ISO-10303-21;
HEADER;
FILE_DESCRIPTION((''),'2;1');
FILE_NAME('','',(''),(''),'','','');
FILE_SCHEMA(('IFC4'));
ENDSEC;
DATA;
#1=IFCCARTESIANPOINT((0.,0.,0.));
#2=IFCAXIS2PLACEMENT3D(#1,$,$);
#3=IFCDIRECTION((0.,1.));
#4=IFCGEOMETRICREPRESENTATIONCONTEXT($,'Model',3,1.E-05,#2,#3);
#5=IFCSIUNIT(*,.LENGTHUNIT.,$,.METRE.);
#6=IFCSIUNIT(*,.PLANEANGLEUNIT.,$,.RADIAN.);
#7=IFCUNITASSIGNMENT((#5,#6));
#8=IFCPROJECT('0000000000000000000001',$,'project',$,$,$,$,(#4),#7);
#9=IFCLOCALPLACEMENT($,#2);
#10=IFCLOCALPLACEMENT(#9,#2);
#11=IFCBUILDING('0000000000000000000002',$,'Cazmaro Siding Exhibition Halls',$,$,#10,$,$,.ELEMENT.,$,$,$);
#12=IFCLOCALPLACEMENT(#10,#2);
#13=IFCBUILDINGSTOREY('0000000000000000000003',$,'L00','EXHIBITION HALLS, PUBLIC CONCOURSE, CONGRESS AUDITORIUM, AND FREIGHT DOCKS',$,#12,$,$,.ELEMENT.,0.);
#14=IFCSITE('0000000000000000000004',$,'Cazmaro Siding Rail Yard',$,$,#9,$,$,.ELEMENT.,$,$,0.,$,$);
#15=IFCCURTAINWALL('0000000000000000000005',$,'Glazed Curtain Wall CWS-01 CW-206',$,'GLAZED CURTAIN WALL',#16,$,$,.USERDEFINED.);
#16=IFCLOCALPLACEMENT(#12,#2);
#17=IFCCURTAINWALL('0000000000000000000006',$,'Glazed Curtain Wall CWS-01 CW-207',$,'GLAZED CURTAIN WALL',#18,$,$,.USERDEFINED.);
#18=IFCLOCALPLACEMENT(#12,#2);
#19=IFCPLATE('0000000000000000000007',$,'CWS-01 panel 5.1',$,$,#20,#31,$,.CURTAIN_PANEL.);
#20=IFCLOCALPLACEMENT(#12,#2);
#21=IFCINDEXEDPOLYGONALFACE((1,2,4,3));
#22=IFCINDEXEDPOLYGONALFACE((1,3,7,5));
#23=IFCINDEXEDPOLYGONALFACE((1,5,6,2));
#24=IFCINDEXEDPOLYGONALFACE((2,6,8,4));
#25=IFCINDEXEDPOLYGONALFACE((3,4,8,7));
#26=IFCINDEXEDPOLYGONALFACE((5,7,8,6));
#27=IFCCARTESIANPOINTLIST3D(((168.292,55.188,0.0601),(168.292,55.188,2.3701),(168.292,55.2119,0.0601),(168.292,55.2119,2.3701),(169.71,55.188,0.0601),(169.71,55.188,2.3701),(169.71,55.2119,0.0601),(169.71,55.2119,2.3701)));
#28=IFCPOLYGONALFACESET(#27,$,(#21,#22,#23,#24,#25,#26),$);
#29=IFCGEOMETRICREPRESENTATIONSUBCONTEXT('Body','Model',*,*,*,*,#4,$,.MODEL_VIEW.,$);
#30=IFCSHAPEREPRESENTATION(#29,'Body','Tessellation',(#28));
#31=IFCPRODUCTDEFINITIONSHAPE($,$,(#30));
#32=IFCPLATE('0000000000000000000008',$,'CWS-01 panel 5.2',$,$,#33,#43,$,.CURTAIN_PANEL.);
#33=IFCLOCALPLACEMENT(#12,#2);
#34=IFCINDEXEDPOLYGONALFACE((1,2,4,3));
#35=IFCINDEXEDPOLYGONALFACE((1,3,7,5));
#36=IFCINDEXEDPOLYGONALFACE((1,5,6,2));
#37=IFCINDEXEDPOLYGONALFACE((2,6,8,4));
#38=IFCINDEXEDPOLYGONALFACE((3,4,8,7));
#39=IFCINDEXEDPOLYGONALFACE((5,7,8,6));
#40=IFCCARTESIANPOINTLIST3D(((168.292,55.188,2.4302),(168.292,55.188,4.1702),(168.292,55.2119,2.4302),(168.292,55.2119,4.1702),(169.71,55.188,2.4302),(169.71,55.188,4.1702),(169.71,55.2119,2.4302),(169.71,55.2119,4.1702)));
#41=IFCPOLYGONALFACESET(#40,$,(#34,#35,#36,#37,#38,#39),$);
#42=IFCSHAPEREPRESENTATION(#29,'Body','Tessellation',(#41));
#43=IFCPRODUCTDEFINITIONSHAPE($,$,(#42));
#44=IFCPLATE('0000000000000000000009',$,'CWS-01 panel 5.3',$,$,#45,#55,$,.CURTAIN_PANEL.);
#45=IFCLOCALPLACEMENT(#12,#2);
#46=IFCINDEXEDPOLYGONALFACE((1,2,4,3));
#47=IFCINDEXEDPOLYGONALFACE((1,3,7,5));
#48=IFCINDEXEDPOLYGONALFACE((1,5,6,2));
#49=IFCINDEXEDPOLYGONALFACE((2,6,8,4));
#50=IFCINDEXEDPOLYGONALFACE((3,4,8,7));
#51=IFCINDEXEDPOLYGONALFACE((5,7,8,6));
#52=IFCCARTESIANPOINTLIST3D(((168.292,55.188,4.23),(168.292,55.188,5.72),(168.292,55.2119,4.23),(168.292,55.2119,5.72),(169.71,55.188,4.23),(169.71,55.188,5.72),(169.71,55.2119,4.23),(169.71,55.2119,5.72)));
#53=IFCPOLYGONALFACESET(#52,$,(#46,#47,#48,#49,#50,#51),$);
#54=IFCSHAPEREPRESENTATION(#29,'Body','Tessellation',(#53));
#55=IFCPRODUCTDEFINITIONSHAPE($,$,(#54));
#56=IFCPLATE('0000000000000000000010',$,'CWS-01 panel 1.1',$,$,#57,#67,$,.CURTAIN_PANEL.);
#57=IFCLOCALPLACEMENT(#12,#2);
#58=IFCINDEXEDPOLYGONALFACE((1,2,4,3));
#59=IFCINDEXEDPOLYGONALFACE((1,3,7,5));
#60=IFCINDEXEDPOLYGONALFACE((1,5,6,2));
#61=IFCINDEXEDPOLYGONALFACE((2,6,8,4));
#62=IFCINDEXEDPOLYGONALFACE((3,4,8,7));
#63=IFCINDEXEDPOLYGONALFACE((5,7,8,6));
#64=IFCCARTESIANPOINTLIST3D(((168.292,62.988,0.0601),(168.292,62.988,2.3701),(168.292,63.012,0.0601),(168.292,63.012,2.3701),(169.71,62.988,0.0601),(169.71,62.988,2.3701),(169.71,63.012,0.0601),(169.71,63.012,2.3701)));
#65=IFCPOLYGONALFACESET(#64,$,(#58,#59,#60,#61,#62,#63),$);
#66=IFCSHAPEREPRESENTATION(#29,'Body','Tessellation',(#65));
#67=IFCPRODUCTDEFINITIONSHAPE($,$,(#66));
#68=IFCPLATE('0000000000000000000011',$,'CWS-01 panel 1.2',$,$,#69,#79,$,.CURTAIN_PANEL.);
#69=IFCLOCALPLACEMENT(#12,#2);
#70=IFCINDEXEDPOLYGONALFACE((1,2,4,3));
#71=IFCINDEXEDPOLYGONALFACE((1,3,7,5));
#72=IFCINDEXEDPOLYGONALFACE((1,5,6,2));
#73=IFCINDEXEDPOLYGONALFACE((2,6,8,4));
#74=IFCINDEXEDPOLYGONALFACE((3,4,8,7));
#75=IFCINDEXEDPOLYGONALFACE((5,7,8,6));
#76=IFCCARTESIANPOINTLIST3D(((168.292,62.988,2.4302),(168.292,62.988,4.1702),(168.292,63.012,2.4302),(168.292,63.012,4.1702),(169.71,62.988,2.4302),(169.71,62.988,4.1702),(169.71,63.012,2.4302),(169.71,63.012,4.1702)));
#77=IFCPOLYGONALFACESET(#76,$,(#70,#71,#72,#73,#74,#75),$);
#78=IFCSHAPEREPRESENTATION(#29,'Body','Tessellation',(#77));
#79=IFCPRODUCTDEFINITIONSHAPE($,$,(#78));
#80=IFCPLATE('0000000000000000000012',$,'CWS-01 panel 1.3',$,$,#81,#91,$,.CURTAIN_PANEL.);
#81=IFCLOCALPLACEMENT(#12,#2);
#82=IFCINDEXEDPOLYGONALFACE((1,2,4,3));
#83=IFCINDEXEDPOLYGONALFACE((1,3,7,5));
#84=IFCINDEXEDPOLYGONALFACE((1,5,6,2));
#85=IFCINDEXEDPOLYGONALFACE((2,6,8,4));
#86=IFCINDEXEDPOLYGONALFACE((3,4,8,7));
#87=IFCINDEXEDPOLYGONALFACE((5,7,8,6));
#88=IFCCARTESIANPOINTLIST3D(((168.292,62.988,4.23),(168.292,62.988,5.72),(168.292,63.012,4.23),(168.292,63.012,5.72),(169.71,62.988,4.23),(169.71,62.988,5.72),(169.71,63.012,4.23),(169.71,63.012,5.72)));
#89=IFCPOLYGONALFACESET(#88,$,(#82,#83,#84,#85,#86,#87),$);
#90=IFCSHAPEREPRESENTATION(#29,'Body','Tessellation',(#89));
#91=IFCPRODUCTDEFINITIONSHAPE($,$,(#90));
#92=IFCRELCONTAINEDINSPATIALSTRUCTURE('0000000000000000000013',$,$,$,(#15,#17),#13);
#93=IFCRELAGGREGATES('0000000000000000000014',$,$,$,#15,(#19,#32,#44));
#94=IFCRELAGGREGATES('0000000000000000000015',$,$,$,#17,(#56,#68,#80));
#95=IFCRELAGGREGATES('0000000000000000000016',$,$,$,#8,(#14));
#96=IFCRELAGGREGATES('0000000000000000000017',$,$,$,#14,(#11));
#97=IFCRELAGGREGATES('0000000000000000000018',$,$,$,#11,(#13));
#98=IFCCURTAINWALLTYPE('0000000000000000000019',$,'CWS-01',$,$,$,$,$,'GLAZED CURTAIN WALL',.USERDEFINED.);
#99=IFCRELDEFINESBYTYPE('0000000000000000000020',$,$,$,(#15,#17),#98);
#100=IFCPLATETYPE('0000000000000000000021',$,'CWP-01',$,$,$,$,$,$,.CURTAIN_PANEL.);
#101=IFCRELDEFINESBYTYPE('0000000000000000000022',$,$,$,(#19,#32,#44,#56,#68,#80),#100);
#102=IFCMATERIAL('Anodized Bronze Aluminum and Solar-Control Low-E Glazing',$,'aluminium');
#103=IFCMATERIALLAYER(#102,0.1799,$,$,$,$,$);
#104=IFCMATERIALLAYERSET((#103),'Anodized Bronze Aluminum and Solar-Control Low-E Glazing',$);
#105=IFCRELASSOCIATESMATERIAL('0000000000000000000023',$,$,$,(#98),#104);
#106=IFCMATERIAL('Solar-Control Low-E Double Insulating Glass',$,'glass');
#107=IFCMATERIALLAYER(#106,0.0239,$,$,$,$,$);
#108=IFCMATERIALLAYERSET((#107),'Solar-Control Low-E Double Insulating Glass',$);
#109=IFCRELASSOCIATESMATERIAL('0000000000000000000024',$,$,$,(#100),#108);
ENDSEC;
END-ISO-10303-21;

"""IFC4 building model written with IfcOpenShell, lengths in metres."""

from ifc_helpers import new_model, si_unit, direction, frame, origin, origin_2d, place, context, subcontext, project, spatial, rectangle, extrude, material, layer, layer_set, type_object, element, aggregate, save


model = new_model("IFC4")

# Units and contexts
model_context = context("Model", 3, precision=1e-05, world=origin(), true_north=direction((0.0, 1.0)))
body_context = subcontext(model_context, "Body", "Model", "MODEL_VIEW")
ifc_project = project(units=[si_unit("LENGTHUNIT", "METRE"), si_unit("PLANEANGLEUNIT", "RADIAN")], contexts=[model_context])

# Site, building, storey
site_placement = place(None, origin())
site = spatial("IfcSite", under=ifc_project, at=site_placement, Name="Cazmaro Siding Rail Yard", CompositionType="ELEMENT", RefElevation=0.0)
building_placement = place(site_placement, origin())
building = spatial("IfcBuilding", under=site, at=building_placement, Name="Cazmaro Siding Exhibition Halls", CompositionType="ELEMENT")
storey_placement = place(building_placement, origin())
storey = spatial("IfcBuildingStorey", under=building, at=storey_placement, Name="L00", Description="EXHIBITION HALLS, PUBLIC CONCOURSE, CONGRESS AUDITORIUM, AND FREIGHT DOCKS", CompositionType="ELEMENT", Elevation=0.0)

# Curtain walls
ifc_material_1 = material(Name="Anodized Bronze Aluminum and Solar-Control Low-E Glazing", Category="aluminium")
ifc_layer_1 = layer(ifc_material_1, 0.1799)
ifc_layer_set_1 = layer_set([ifc_layer_1], Name="Anodized Bronze Aluminum and Solar-Control Low-E Glazing")
curtain_wall_type = type_object("IfcCurtainWallType", Name="CWS-01", ElementType="GLAZED CURTAIN WALL", PredefinedType="USERDEFINED", material=ifc_layer_set_1)
curtain_wall_1_placement = place(storey_placement, origin())
curtain_wall_1 = element("IfcCurtainWall", 1, at=curtain_wall_1_placement, inside=storey, type_object=curtain_wall_type, Name="Glazed Curtain Wall CWS-01 CW-206", ObjectType="GLAZED CURTAIN WALL", PredefinedType="USERDEFINED")
curtain_wall_2_placement = place(storey_placement, origin())
curtain_wall_2 = element("IfcCurtainWall", 2, at=curtain_wall_2_placement, inside=storey, type_object=curtain_wall_type, Name="Glazed Curtain Wall CWS-01 CW-207", ObjectType="GLAZED CURTAIN WALL", PredefinedType="USERDEFINED")

# Plates
ifc_material_2 = material(Name="Solar-Control Low-E Double Insulating Glass", Category="glass")
ifc_layer_2 = layer(ifc_material_2, 0.0239)
ifc_layer_set_2 = layer_set([ifc_layer_2], Name="Solar-Control Low-E Double Insulating Glass")
plate_type = type_object("IfcPlateType", Name="CWP-01", PredefinedType="CURTAIN_PANEL", material=ifc_layer_set_2)
plate_1_placement = place(storey_placement, frame((169.001, 55.2, 0.0601), z_axis=(0.0, 0.0, 1.0), x_axis=(1.0, 0.0, 0.0)))
plate_1 = element("IfcPlate", 3, at=plate_1_placement, type_object=plate_type, Name="CWS-01 panel 5.1", PredefinedType="CURTAIN_PANEL", context=body_context, shape_type="SweptSolid", body=[
    extrude(rectangle(XDim=1.418, YDim=0.0239, at=origin_2d()), origin(), (0.0, 0.0, 1.0), 2.3101),
])
plate_2_placement = place(storey_placement, frame((169.001, 55.2, 2.4302), z_axis=(0.0, 0.0, 1.0), x_axis=(1.0, 0.0, 0.0)))
plate_2 = element("IfcPlate", 4, at=plate_2_placement, type_object=plate_type, Name="CWS-01 panel 5.2", PredefinedType="CURTAIN_PANEL", context=body_context, shape_type="SweptSolid", body=[
    extrude(rectangle(XDim=1.418, YDim=0.0239, at=origin_2d()), origin(), (0.0, 0.0, 1.0), 1.74),
])
plate_3_placement = place(storey_placement, frame((169.001, 55.2, 4.23), z_axis=(0.0, 0.0, 1.0), x_axis=(1.0, 0.0, 0.0)))
plate_3 = element("IfcPlate", 5, at=plate_3_placement, type_object=plate_type, Name="CWS-01 panel 5.3", PredefinedType="CURTAIN_PANEL", context=body_context, shape_type="SweptSolid", body=[
    extrude(rectangle(XDim=1.418, YDim=0.0239, at=origin_2d()), origin(), (0.0, 0.0, 1.0), 1.49),
])
aggregate(curtain_wall_1, [plate_1, plate_2, plate_3])
plate_4_placement = place(storey_placement, frame((169.001, 63.0, 0.0601), z_axis=(0.0, 0.0, 1.0), x_axis=(-1.0, 0.0, 0.0)))
plate_4 = element("IfcPlate", 6, at=plate_4_placement, type_object=plate_type, Name="CWS-01 panel 1.1", PredefinedType="CURTAIN_PANEL", context=body_context, shape_type="SweptSolid", body=[
    extrude(rectangle(XDim=1.418, YDim=0.0239, at=origin_2d()), origin(), (0.0, 0.0, 1.0), 2.3101),
])
plate_5_placement = place(storey_placement, frame((169.001, 63.0, 2.4302), z_axis=(0.0, 0.0, 1.0), x_axis=(-1.0, 0.0, 0.0)))
plate_5 = element("IfcPlate", 7, at=plate_5_placement, type_object=plate_type, Name="CWS-01 panel 1.2", PredefinedType="CURTAIN_PANEL", context=body_context, shape_type="SweptSolid", body=[
    extrude(rectangle(XDim=1.418, YDim=0.0239, at=origin_2d()), origin(), (0.0, 0.0, 1.0), 1.74),
])
plate_6_placement = place(storey_placement, frame((169.001, 63.0, 4.23), z_axis=(0.0, 0.0, 1.0), x_axis=(-1.0, 0.0, 0.0)))
plate_6 = element("IfcPlate", 8, at=plate_6_placement, type_object=plate_type, Name="CWS-01 panel 1.3", PredefinedType="CURTAIN_PANEL", context=body_context, shape_type="SweptSolid", body=[
    extrude(rectangle(XDim=1.418, YDim=0.0239, at=origin_2d()), origin(), (0.0, 0.0, 1.0), 1.49),
])
aggregate(curtain_wall_2, [plate_4, plate_5, plate_6])

save(model, "model.ifc")
